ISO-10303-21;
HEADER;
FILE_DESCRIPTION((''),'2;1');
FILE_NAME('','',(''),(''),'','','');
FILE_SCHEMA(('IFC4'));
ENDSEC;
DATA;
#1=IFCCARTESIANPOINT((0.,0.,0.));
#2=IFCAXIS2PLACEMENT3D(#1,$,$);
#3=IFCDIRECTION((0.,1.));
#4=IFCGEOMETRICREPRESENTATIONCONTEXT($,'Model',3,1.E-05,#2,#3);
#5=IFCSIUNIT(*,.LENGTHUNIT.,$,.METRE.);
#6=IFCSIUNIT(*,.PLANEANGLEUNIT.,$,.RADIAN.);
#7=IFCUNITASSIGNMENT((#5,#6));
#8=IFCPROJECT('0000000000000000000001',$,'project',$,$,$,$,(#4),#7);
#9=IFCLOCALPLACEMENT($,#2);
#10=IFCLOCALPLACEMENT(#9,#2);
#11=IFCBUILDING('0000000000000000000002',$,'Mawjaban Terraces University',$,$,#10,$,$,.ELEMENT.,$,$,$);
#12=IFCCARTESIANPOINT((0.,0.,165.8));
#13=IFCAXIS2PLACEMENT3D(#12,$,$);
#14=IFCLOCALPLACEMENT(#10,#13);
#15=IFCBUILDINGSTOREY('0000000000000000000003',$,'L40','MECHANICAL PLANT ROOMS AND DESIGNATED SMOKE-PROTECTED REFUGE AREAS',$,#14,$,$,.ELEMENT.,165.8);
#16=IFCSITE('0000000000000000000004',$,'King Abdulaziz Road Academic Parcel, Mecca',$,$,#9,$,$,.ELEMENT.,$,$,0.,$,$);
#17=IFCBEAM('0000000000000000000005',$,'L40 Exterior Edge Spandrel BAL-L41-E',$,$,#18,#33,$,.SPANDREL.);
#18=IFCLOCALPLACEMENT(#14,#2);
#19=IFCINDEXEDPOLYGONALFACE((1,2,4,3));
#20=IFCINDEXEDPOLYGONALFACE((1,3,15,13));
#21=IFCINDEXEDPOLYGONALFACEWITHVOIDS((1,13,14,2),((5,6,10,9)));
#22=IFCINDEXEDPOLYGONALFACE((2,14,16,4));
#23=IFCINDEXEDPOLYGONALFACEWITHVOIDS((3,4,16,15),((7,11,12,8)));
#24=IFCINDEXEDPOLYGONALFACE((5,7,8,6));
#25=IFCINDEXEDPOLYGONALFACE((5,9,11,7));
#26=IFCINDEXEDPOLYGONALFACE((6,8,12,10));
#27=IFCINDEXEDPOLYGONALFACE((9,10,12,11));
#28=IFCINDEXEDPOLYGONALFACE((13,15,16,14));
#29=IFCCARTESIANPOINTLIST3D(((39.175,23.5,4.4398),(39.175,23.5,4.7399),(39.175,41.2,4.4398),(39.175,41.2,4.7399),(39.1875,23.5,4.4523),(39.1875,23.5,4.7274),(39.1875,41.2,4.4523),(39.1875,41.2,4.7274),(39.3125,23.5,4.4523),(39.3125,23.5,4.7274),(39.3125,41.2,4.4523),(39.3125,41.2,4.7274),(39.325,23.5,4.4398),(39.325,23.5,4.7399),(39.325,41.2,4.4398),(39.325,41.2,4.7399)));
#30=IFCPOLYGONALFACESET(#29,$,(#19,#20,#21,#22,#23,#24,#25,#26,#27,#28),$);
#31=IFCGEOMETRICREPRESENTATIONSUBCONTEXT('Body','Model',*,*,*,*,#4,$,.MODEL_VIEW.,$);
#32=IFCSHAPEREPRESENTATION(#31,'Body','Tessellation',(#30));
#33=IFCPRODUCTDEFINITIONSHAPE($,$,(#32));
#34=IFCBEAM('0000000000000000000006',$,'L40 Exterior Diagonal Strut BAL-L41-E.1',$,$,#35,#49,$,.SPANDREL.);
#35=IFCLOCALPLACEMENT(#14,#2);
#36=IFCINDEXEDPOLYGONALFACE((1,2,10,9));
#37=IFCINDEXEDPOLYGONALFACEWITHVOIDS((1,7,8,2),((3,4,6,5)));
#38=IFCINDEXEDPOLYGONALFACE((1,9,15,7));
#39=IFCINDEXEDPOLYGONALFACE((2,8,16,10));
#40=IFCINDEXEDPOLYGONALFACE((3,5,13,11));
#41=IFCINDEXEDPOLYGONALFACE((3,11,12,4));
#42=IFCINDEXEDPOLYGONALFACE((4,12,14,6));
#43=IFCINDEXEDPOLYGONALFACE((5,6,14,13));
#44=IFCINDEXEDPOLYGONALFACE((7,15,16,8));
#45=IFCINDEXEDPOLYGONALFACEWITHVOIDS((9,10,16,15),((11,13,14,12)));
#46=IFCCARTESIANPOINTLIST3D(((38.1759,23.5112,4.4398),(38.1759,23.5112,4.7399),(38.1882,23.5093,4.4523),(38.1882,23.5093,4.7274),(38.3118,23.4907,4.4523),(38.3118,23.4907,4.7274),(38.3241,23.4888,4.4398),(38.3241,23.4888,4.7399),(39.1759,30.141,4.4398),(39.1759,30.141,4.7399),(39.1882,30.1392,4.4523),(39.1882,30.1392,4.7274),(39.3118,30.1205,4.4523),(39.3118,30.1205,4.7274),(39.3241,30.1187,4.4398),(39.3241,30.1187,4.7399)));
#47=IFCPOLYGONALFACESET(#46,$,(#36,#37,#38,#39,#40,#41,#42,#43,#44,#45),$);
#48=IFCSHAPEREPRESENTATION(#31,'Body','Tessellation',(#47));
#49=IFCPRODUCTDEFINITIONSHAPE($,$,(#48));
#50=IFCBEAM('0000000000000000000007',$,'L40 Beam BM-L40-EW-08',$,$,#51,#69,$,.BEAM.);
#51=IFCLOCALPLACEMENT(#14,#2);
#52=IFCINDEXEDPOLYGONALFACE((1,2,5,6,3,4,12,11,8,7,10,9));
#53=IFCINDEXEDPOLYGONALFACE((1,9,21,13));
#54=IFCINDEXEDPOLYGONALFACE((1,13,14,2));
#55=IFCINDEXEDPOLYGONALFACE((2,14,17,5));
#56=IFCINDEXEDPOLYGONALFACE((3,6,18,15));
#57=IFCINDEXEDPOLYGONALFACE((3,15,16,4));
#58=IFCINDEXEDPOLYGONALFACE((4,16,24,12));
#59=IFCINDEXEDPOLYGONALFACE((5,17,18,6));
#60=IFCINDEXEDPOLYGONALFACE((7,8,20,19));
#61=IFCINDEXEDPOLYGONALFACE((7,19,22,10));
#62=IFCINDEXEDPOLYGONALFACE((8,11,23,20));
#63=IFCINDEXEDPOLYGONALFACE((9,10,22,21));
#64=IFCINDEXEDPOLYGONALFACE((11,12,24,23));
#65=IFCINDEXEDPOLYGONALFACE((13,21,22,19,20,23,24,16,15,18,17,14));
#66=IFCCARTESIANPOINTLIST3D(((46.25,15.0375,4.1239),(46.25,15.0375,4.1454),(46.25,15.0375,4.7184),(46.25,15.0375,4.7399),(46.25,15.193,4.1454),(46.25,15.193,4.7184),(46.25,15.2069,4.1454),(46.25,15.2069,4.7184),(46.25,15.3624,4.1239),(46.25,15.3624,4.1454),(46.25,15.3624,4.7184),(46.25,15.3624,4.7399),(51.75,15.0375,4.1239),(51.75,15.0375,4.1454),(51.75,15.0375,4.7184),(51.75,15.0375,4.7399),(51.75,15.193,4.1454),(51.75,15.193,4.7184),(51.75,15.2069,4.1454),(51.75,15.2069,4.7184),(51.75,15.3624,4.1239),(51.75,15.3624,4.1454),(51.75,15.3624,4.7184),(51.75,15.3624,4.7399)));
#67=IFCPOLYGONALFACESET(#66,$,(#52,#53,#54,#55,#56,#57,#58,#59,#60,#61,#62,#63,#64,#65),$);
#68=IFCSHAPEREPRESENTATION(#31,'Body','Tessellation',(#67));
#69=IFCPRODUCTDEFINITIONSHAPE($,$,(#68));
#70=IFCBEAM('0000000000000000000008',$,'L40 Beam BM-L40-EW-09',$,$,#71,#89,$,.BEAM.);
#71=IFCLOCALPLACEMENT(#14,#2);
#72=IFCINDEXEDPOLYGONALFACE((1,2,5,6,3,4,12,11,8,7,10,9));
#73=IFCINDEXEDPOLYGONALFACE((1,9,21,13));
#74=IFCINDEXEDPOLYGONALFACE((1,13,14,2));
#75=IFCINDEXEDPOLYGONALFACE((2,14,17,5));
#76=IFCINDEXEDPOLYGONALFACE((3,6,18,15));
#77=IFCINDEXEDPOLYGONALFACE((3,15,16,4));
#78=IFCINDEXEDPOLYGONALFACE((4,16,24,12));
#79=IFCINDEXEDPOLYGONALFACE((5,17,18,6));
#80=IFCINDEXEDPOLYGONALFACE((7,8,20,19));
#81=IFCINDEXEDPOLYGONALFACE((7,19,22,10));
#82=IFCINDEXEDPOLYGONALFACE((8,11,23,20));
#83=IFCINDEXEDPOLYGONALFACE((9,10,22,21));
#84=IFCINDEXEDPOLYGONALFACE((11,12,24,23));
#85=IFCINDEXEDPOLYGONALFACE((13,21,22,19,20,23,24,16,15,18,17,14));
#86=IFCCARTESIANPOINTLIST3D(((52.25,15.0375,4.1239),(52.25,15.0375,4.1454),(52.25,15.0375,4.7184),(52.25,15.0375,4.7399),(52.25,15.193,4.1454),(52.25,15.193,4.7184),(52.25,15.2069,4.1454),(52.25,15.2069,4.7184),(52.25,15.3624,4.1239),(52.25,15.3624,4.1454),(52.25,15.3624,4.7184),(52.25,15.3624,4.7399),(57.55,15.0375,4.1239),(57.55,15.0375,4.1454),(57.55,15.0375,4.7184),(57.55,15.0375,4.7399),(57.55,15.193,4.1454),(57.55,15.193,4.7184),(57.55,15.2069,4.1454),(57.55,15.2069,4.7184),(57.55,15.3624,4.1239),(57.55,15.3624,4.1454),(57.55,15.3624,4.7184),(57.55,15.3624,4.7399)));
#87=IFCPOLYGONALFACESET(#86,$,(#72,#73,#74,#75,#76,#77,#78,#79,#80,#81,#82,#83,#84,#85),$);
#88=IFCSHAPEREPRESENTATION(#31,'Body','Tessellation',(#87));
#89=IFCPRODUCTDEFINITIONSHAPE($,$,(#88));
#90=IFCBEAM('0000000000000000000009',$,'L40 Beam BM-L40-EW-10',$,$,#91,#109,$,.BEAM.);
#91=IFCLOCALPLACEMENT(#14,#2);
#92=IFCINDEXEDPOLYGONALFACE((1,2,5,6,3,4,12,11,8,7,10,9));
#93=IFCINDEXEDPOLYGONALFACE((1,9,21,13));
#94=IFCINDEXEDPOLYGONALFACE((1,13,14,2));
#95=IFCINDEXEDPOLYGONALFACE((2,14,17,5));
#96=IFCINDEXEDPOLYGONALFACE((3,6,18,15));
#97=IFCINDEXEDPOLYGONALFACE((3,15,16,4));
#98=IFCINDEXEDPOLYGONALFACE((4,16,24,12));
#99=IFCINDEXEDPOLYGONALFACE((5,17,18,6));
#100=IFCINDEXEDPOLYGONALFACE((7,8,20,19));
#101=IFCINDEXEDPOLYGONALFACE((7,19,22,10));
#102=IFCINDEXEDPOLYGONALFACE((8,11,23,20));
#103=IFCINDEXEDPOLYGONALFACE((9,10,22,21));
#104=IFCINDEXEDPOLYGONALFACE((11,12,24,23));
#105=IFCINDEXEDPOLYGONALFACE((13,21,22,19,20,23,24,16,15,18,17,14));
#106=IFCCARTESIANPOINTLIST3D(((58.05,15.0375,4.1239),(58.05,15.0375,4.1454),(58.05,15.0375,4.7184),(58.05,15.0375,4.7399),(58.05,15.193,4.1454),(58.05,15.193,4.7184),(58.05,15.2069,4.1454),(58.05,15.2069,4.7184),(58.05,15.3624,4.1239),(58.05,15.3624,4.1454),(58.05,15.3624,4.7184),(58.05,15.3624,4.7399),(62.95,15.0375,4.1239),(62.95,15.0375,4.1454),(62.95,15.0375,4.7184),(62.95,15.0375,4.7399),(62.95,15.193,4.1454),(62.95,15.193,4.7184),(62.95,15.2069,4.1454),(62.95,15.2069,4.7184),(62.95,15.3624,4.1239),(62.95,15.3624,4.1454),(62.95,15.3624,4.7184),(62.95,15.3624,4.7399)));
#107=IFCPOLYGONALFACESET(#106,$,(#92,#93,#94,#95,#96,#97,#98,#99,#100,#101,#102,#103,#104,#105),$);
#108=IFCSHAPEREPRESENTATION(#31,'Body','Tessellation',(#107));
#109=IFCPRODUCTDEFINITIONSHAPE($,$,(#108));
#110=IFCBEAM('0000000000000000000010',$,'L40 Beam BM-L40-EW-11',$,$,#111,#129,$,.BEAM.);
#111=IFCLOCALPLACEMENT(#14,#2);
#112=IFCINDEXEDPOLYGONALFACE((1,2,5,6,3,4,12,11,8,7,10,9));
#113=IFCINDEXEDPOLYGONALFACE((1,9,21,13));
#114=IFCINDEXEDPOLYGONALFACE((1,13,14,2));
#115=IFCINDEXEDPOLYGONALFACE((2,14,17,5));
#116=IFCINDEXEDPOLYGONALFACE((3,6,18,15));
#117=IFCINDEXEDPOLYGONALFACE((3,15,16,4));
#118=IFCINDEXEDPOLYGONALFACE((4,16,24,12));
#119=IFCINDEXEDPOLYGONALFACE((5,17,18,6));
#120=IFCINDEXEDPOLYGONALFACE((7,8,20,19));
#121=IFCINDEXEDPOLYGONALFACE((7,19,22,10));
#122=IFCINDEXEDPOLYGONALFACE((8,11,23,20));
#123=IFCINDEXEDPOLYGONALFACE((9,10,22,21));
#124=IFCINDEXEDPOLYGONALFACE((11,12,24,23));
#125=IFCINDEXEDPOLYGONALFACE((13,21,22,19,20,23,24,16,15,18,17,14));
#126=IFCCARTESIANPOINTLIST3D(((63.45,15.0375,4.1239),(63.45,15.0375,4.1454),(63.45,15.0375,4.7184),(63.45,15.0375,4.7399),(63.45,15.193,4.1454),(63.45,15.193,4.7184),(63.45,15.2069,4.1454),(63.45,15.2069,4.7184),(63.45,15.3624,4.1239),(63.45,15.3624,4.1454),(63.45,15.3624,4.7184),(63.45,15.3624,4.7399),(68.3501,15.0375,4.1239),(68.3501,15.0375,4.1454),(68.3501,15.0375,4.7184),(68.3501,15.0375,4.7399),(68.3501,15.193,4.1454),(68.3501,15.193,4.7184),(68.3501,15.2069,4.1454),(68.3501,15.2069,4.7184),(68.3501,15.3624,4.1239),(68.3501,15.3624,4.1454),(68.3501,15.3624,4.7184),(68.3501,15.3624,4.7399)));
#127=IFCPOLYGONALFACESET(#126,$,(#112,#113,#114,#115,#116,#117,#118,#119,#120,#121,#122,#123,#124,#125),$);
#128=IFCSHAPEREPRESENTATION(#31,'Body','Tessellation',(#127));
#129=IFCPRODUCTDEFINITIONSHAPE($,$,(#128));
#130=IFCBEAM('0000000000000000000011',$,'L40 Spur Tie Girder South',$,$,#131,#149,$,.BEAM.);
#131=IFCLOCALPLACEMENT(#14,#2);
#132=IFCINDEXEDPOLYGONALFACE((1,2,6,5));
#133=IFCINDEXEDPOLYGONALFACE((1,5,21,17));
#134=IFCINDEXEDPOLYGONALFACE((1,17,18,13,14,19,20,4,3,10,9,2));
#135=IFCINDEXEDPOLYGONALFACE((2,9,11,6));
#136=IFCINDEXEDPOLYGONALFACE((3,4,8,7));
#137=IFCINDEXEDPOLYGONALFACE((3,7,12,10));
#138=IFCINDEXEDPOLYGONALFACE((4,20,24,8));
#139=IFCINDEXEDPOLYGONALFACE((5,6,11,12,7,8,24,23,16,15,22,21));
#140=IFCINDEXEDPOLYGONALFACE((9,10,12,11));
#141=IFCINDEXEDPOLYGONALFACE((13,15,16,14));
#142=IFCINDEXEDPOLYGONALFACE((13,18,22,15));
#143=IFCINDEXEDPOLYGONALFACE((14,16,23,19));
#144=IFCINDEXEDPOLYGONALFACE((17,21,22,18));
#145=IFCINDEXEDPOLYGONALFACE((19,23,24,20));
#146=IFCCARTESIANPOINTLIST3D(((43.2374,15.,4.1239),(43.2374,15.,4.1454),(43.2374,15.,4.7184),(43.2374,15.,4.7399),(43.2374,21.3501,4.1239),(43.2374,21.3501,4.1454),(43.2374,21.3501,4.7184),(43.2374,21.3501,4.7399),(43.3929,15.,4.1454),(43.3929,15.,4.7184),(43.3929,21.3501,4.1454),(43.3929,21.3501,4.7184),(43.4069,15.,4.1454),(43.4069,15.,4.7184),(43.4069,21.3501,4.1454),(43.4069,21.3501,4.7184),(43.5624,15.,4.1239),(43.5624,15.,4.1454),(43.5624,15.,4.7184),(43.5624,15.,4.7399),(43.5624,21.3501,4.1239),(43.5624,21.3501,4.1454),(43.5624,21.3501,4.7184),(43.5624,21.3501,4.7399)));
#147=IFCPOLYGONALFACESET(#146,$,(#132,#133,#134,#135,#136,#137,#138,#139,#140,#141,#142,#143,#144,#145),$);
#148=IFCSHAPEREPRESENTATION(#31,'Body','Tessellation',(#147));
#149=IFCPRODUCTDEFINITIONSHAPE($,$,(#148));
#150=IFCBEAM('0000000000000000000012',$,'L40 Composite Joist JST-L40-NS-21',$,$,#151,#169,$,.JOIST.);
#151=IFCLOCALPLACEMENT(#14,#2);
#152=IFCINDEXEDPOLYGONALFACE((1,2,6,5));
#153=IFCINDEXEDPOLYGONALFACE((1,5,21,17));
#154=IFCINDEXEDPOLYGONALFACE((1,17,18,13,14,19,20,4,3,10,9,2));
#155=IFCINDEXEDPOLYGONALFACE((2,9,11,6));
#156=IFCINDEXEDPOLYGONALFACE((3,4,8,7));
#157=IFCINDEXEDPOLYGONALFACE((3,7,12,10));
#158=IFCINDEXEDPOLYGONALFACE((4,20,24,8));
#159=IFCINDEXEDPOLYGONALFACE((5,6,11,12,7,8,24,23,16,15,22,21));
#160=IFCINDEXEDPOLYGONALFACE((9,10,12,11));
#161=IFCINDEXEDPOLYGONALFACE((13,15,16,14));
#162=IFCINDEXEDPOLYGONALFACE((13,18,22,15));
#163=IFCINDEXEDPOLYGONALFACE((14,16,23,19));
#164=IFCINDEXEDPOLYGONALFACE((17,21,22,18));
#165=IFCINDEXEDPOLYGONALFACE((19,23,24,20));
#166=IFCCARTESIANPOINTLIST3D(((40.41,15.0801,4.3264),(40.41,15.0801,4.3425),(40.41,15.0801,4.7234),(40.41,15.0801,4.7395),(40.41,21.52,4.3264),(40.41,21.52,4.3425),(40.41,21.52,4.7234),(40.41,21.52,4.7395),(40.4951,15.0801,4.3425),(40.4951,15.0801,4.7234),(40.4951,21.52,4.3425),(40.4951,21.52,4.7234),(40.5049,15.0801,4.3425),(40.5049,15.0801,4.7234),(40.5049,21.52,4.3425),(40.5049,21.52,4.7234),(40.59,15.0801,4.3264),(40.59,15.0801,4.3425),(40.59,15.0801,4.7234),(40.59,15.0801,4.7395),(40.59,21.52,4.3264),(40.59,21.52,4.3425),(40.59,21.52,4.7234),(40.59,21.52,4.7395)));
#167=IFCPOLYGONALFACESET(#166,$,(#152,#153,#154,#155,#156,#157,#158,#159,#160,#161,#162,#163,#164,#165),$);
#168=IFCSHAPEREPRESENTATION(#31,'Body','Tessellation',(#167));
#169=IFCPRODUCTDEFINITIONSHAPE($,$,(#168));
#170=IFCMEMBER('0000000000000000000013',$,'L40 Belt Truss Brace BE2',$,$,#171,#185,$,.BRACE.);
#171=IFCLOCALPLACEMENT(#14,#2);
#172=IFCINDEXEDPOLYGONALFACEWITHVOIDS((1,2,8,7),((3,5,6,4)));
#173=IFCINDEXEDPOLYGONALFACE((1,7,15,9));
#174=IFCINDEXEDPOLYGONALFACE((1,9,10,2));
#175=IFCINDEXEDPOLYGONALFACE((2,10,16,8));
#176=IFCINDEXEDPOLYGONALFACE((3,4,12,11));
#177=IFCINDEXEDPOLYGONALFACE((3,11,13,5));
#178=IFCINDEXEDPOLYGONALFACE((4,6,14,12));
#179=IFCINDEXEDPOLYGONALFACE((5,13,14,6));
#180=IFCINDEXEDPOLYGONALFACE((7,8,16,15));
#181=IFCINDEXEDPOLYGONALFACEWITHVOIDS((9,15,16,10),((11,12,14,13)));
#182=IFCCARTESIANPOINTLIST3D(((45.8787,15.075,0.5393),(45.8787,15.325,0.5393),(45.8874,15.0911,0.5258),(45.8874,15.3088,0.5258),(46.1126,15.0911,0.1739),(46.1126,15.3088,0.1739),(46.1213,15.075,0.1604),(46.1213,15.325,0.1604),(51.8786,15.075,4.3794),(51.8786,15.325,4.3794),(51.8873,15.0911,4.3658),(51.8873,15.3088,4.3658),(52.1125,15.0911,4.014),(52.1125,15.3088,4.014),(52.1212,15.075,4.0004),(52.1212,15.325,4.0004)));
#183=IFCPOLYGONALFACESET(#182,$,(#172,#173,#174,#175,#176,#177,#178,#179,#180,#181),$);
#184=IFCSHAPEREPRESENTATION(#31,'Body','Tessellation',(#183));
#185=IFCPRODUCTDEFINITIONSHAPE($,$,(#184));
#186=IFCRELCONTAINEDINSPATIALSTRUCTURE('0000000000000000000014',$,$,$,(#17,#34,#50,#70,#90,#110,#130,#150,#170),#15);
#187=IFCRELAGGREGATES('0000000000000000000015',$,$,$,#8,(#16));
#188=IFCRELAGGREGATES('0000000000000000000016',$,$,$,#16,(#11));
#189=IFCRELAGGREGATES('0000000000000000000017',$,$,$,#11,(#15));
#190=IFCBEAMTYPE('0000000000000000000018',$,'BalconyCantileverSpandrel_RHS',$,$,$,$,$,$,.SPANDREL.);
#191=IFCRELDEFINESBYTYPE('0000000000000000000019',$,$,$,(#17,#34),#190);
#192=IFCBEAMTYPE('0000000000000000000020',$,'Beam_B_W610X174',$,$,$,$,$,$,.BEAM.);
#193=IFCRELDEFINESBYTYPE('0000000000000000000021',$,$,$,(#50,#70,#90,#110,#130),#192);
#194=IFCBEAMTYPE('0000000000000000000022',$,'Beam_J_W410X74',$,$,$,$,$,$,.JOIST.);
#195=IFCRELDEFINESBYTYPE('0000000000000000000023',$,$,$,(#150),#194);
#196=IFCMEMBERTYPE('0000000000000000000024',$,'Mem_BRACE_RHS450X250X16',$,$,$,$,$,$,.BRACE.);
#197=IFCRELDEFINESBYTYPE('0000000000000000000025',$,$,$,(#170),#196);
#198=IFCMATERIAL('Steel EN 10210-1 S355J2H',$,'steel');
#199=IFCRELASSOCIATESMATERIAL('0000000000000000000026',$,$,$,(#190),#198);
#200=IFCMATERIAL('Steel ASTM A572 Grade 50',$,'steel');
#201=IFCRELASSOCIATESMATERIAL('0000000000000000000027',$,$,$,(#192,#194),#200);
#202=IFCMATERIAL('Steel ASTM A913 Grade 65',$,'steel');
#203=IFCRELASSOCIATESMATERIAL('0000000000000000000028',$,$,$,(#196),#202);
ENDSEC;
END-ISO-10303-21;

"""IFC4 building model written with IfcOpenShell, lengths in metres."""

from ifc_helpers import new_model, si_unit, direction, frame, origin, origin_2d, place, context, subcontext, project, spatial, hollow_rectangle, i_section, extrude, material, material_profile, profile_set, type_object, element, save


model = new_model("IFC4")

# Units and contexts
model_context = context("Model", 3, precision=1e-05, world=origin(), true_north=direction((0.0, 1.0)))
body_context = subcontext(model_context, "Body", "Model", "MODEL_VIEW")
ifc_project = project(units=[si_unit("LENGTHUNIT", "METRE"), si_unit("PLANEANGLEUNIT", "RADIAN")], contexts=[model_context])

# Site, building, storey
site_placement = place(None, origin())
site = spatial("IfcSite", under=ifc_project, at=site_placement, Name="King Abdulaziz Road Academic Parcel, Mecca", CompositionType="ELEMENT", RefElevation=0.0)
building_placement = place(site_placement, origin())
building = spatial("IfcBuilding", under=site, at=building_placement, Name="Mawjaban Terraces University", CompositionType="ELEMENT")
storey_placement = place(building_placement, frame((0.0, 0.0, 165.8)))
storey = spatial("IfcBuildingStorey", under=building, at=storey_placement, Name="L40", Description="MECHANICAL PLANT ROOMS AND DESIGNATED SMOKE-PROTECTED REFUGE AREAS", CompositionType="ELEMENT", Elevation=165.8)

# Shared definitions
ifc_material_1 = material(Name="Steel EN 10210-1 S355J2H", Category="steel")

# Beams
ifc_material_profile_1 = material_profile(ifc_material_1, hollow_rectangle(XDim=0.1499, YDim=0.3, WallThickness=0.0125, at=origin_2d()), Name="RHS300X150X12.5")
ifc_profile_set_1 = profile_set([ifc_material_profile_1], Name="Steel EN 10210-1 S355J2H")
beam_type_1 = type_object("IfcBeamType", Name="BalconyCantileverSpandrel_RHS", PredefinedType="SPANDREL", material=ifc_profile_set_1)
beam_1_placement = place(storey_placement, frame((39.25, 23.5, 4.5898), z_axis=(0.0, 1.0, 0.0), x_axis=(-1.0, 0.0, 0.0)))
element("IfcBeam", 1, at=beam_1_placement, inside=storey, type_object=beam_type_1, Name="L40 Exterior Edge Spandrel BAL-L41-E", PredefinedType="SPANDREL", context=body_context, shape_type="SweptSolid", body=[
    extrude(hollow_rectangle(XDim=0.1499, YDim=0.3, WallThickness=0.0125, at=origin_2d()), origin(), (0.0, 0.0, 1.0), 17.7),
])
beam_2_placement = place(storey_placement, frame((38.25, 23.5, 4.5898), z_axis=(0.149145, 0.988815, 0.0), x_axis=(-0.988815, 0.149145, 0.0)))
element("IfcBeam", 2, at=beam_2_placement, inside=storey, type_object=beam_type_1, Name="L40 Exterior Diagonal Strut BAL-L41-E.1", PredefinedType="SPANDREL", context=body_context, shape_type="SweptSolid", body=[
    extrude(hollow_rectangle(XDim=0.1499, YDim=0.3, WallThickness=0.0125, at=origin_2d()), origin(), (0.0, 0.0, 1.0), 6.7048),
])
ifc_material_2 = material(Name="Steel ASTM A572 Grade 50", Category="steel")
ifc_material_profile_2 = material_profile(ifc_material_2, i_section(OverallWidth=0.325, OverallDepth=0.616, WebThickness=0.0139, FlangeThickness=0.0215, at=origin_2d()), Name="W610X174")
ifc_profile_set_2 = profile_set([ifc_material_profile_2], Name="Steel ASTM A572 Grade 50")
beam_type_2 = type_object("IfcBeamType", Name="Beam_B_W610X174", PredefinedType="BEAM", material=ifc_profile_set_2)
beam_3_placement = place(storey_placement, frame((46.25, 15.2, 4.4319), z_axis=(1.0, 0.0, 0.0), x_axis=(0.0, 1.0, 0.0)))
element("IfcBeam", 3, at=beam_3_placement, inside=storey, type_object=beam_type_2, Name="L40 Beam BM-L40-EW-08", PredefinedType="BEAM", context=body_context, shape_type="SweptSolid", body=[
    extrude(i_section(OverallWidth=0.325, OverallDepth=0.616, WebThickness=0.0139, FlangeThickness=0.0215, at=origin_2d()), origin(), (0.0, 0.0, 1.0), 5.5),
])
beam_4_placement = place(storey_placement, frame((52.25, 15.2, 4.4319), z_axis=(1.0, 0.0, 0.0), x_axis=(0.0, 1.0, 0.0)))
element("IfcBeam", 4, at=beam_4_placement, inside=storey, type_object=beam_type_2, Name="L40 Beam BM-L40-EW-09", PredefinedType="BEAM", context=body_context, shape_type="SweptSolid", body=[
    extrude(i_section(OverallWidth=0.325, OverallDepth=0.616, WebThickness=0.0139, FlangeThickness=0.0215, at=origin_2d()), origin(), (0.0, 0.0, 1.0), 5.3),
])
beam_5_placement = place(storey_placement, frame((58.05, 15.2, 4.4319), z_axis=(1.0, 0.0, 0.0), x_axis=(0.0, 1.0, 0.0)))
element("IfcBeam", 5, at=beam_5_placement, inside=storey, type_object=beam_type_2, Name="L40 Beam BM-L40-EW-10", PredefinedType="BEAM", context=body_context, shape_type="SweptSolid", body=[
    extrude(i_section(OverallWidth=0.325, OverallDepth=0.616, WebThickness=0.0139, FlangeThickness=0.0215, at=origin_2d()), origin(), (0.0, 0.0, 1.0), 4.8999),
])
beam_6_placement = place(storey_placement, frame((63.45, 15.2, 4.4319), z_axis=(1.0, 0.0, 0.0), x_axis=(0.0, 1.0, 0.0)))
element("IfcBeam", 6, at=beam_6_placement, inside=storey, type_object=beam_type_2, Name="L40 Beam BM-L40-EW-11", PredefinedType="BEAM", context=body_context, shape_type="SweptSolid", body=[
    extrude(i_section(OverallWidth=0.325, OverallDepth=0.616, WebThickness=0.0139, FlangeThickness=0.0215, at=origin_2d()), origin(), (0.0, 0.0, 1.0), 4.9001),
])
beam_7_placement = place(storey_placement, frame((43.3999, 15.0, 4.4319), z_axis=(0.0, 1.0, 0.0), x_axis=(-1.0, 0.0, 0.0)))
element("IfcBeam", 7, at=beam_7_placement, inside=storey, type_object=beam_type_2, Name="L40 Spur Tie Girder South", PredefinedType="BEAM", context=body_context, shape_type="SweptSolid", body=[
    extrude(i_section(OverallWidth=0.325, OverallDepth=0.616, WebThickness=0.0139, FlangeThickness=0.0215, at=origin_2d()), origin(), (0.0, 0.0, 1.0), 6.3501),
])
ifc_material_profile_3 = material_profile(ifc_material_2, i_section(OverallWidth=0.1799, OverallDepth=0.4131, WebThickness=0.0098, FlangeThickness=0.0161, at=origin_2d()), Name="W410X74")
ifc_profile_set_3 = profile_set([ifc_material_profile_3], Name="Steel ASTM A572 Grade 50")
beam_type_3 = type_object("IfcBeamType", Name="Beam_J_W410X74", PredefinedType="JOIST", material=ifc_profile_set_3)
beam_8_placement = place(storey_placement, frame((40.5, 15.0801, 4.533), z_axis=(0.0, 1.0, 0.0), x_axis=(-1.0, 0.0, 0.0)))
element("IfcBeam", 8, at=beam_8_placement, inside=storey, type_object=beam_type_3, Name="L40 Composite Joist JST-L40-NS-21", PredefinedType="JOIST", context=body_context, shape_type="SweptSolid", body=[
    extrude(i_section(OverallWidth=0.1799, OverallDepth=0.4131, WebThickness=0.0098, FlangeThickness=0.0161, at=origin_2d()), origin(), (0.0, 0.0, 1.0), 6.4399),
])

# Member
ifc_material_3 = material(Name="Steel ASTM A913 Grade 65", Category="steel")
ifc_material_profile_4 = material_profile(ifc_material_3, hollow_rectangle(XDim=0.25, YDim=0.45, WallThickness=0.0161, at=origin_2d()), Name="RHS450X250X16")
ifc_profile_set_4 = profile_set([ifc_material_profile_4], Name="Steel ASTM A913 Grade 65")
member_type_1 = type_object("IfcMemberType", Name="Mem_BRACE_RHS450X250X16", PredefinedType="BRACE", material=ifc_profile_set_4)
member_1_placement = place(storey_placement, frame((46.0, 15.2, 0.3499), z_axis=(0.842266, 0.0, 0.539062), x_axis=(0.0, 1.0, 0.0)))
element("IfcMember", 9, at=member_1_placement, inside=storey, type_object=member_type_1, Name="L40 Belt Truss Brace BE2", PredefinedType="BRACE", context=body_context, shape_type="SweptSolid", body=[
    extrude(hollow_rectangle(XDim=0.25, YDim=0.45, WallThickness=0.0161, at=origin_2d()), origin(), (0.0, 0.0, 1.0), 7.1235),
])

save(model, "model.ifc")
